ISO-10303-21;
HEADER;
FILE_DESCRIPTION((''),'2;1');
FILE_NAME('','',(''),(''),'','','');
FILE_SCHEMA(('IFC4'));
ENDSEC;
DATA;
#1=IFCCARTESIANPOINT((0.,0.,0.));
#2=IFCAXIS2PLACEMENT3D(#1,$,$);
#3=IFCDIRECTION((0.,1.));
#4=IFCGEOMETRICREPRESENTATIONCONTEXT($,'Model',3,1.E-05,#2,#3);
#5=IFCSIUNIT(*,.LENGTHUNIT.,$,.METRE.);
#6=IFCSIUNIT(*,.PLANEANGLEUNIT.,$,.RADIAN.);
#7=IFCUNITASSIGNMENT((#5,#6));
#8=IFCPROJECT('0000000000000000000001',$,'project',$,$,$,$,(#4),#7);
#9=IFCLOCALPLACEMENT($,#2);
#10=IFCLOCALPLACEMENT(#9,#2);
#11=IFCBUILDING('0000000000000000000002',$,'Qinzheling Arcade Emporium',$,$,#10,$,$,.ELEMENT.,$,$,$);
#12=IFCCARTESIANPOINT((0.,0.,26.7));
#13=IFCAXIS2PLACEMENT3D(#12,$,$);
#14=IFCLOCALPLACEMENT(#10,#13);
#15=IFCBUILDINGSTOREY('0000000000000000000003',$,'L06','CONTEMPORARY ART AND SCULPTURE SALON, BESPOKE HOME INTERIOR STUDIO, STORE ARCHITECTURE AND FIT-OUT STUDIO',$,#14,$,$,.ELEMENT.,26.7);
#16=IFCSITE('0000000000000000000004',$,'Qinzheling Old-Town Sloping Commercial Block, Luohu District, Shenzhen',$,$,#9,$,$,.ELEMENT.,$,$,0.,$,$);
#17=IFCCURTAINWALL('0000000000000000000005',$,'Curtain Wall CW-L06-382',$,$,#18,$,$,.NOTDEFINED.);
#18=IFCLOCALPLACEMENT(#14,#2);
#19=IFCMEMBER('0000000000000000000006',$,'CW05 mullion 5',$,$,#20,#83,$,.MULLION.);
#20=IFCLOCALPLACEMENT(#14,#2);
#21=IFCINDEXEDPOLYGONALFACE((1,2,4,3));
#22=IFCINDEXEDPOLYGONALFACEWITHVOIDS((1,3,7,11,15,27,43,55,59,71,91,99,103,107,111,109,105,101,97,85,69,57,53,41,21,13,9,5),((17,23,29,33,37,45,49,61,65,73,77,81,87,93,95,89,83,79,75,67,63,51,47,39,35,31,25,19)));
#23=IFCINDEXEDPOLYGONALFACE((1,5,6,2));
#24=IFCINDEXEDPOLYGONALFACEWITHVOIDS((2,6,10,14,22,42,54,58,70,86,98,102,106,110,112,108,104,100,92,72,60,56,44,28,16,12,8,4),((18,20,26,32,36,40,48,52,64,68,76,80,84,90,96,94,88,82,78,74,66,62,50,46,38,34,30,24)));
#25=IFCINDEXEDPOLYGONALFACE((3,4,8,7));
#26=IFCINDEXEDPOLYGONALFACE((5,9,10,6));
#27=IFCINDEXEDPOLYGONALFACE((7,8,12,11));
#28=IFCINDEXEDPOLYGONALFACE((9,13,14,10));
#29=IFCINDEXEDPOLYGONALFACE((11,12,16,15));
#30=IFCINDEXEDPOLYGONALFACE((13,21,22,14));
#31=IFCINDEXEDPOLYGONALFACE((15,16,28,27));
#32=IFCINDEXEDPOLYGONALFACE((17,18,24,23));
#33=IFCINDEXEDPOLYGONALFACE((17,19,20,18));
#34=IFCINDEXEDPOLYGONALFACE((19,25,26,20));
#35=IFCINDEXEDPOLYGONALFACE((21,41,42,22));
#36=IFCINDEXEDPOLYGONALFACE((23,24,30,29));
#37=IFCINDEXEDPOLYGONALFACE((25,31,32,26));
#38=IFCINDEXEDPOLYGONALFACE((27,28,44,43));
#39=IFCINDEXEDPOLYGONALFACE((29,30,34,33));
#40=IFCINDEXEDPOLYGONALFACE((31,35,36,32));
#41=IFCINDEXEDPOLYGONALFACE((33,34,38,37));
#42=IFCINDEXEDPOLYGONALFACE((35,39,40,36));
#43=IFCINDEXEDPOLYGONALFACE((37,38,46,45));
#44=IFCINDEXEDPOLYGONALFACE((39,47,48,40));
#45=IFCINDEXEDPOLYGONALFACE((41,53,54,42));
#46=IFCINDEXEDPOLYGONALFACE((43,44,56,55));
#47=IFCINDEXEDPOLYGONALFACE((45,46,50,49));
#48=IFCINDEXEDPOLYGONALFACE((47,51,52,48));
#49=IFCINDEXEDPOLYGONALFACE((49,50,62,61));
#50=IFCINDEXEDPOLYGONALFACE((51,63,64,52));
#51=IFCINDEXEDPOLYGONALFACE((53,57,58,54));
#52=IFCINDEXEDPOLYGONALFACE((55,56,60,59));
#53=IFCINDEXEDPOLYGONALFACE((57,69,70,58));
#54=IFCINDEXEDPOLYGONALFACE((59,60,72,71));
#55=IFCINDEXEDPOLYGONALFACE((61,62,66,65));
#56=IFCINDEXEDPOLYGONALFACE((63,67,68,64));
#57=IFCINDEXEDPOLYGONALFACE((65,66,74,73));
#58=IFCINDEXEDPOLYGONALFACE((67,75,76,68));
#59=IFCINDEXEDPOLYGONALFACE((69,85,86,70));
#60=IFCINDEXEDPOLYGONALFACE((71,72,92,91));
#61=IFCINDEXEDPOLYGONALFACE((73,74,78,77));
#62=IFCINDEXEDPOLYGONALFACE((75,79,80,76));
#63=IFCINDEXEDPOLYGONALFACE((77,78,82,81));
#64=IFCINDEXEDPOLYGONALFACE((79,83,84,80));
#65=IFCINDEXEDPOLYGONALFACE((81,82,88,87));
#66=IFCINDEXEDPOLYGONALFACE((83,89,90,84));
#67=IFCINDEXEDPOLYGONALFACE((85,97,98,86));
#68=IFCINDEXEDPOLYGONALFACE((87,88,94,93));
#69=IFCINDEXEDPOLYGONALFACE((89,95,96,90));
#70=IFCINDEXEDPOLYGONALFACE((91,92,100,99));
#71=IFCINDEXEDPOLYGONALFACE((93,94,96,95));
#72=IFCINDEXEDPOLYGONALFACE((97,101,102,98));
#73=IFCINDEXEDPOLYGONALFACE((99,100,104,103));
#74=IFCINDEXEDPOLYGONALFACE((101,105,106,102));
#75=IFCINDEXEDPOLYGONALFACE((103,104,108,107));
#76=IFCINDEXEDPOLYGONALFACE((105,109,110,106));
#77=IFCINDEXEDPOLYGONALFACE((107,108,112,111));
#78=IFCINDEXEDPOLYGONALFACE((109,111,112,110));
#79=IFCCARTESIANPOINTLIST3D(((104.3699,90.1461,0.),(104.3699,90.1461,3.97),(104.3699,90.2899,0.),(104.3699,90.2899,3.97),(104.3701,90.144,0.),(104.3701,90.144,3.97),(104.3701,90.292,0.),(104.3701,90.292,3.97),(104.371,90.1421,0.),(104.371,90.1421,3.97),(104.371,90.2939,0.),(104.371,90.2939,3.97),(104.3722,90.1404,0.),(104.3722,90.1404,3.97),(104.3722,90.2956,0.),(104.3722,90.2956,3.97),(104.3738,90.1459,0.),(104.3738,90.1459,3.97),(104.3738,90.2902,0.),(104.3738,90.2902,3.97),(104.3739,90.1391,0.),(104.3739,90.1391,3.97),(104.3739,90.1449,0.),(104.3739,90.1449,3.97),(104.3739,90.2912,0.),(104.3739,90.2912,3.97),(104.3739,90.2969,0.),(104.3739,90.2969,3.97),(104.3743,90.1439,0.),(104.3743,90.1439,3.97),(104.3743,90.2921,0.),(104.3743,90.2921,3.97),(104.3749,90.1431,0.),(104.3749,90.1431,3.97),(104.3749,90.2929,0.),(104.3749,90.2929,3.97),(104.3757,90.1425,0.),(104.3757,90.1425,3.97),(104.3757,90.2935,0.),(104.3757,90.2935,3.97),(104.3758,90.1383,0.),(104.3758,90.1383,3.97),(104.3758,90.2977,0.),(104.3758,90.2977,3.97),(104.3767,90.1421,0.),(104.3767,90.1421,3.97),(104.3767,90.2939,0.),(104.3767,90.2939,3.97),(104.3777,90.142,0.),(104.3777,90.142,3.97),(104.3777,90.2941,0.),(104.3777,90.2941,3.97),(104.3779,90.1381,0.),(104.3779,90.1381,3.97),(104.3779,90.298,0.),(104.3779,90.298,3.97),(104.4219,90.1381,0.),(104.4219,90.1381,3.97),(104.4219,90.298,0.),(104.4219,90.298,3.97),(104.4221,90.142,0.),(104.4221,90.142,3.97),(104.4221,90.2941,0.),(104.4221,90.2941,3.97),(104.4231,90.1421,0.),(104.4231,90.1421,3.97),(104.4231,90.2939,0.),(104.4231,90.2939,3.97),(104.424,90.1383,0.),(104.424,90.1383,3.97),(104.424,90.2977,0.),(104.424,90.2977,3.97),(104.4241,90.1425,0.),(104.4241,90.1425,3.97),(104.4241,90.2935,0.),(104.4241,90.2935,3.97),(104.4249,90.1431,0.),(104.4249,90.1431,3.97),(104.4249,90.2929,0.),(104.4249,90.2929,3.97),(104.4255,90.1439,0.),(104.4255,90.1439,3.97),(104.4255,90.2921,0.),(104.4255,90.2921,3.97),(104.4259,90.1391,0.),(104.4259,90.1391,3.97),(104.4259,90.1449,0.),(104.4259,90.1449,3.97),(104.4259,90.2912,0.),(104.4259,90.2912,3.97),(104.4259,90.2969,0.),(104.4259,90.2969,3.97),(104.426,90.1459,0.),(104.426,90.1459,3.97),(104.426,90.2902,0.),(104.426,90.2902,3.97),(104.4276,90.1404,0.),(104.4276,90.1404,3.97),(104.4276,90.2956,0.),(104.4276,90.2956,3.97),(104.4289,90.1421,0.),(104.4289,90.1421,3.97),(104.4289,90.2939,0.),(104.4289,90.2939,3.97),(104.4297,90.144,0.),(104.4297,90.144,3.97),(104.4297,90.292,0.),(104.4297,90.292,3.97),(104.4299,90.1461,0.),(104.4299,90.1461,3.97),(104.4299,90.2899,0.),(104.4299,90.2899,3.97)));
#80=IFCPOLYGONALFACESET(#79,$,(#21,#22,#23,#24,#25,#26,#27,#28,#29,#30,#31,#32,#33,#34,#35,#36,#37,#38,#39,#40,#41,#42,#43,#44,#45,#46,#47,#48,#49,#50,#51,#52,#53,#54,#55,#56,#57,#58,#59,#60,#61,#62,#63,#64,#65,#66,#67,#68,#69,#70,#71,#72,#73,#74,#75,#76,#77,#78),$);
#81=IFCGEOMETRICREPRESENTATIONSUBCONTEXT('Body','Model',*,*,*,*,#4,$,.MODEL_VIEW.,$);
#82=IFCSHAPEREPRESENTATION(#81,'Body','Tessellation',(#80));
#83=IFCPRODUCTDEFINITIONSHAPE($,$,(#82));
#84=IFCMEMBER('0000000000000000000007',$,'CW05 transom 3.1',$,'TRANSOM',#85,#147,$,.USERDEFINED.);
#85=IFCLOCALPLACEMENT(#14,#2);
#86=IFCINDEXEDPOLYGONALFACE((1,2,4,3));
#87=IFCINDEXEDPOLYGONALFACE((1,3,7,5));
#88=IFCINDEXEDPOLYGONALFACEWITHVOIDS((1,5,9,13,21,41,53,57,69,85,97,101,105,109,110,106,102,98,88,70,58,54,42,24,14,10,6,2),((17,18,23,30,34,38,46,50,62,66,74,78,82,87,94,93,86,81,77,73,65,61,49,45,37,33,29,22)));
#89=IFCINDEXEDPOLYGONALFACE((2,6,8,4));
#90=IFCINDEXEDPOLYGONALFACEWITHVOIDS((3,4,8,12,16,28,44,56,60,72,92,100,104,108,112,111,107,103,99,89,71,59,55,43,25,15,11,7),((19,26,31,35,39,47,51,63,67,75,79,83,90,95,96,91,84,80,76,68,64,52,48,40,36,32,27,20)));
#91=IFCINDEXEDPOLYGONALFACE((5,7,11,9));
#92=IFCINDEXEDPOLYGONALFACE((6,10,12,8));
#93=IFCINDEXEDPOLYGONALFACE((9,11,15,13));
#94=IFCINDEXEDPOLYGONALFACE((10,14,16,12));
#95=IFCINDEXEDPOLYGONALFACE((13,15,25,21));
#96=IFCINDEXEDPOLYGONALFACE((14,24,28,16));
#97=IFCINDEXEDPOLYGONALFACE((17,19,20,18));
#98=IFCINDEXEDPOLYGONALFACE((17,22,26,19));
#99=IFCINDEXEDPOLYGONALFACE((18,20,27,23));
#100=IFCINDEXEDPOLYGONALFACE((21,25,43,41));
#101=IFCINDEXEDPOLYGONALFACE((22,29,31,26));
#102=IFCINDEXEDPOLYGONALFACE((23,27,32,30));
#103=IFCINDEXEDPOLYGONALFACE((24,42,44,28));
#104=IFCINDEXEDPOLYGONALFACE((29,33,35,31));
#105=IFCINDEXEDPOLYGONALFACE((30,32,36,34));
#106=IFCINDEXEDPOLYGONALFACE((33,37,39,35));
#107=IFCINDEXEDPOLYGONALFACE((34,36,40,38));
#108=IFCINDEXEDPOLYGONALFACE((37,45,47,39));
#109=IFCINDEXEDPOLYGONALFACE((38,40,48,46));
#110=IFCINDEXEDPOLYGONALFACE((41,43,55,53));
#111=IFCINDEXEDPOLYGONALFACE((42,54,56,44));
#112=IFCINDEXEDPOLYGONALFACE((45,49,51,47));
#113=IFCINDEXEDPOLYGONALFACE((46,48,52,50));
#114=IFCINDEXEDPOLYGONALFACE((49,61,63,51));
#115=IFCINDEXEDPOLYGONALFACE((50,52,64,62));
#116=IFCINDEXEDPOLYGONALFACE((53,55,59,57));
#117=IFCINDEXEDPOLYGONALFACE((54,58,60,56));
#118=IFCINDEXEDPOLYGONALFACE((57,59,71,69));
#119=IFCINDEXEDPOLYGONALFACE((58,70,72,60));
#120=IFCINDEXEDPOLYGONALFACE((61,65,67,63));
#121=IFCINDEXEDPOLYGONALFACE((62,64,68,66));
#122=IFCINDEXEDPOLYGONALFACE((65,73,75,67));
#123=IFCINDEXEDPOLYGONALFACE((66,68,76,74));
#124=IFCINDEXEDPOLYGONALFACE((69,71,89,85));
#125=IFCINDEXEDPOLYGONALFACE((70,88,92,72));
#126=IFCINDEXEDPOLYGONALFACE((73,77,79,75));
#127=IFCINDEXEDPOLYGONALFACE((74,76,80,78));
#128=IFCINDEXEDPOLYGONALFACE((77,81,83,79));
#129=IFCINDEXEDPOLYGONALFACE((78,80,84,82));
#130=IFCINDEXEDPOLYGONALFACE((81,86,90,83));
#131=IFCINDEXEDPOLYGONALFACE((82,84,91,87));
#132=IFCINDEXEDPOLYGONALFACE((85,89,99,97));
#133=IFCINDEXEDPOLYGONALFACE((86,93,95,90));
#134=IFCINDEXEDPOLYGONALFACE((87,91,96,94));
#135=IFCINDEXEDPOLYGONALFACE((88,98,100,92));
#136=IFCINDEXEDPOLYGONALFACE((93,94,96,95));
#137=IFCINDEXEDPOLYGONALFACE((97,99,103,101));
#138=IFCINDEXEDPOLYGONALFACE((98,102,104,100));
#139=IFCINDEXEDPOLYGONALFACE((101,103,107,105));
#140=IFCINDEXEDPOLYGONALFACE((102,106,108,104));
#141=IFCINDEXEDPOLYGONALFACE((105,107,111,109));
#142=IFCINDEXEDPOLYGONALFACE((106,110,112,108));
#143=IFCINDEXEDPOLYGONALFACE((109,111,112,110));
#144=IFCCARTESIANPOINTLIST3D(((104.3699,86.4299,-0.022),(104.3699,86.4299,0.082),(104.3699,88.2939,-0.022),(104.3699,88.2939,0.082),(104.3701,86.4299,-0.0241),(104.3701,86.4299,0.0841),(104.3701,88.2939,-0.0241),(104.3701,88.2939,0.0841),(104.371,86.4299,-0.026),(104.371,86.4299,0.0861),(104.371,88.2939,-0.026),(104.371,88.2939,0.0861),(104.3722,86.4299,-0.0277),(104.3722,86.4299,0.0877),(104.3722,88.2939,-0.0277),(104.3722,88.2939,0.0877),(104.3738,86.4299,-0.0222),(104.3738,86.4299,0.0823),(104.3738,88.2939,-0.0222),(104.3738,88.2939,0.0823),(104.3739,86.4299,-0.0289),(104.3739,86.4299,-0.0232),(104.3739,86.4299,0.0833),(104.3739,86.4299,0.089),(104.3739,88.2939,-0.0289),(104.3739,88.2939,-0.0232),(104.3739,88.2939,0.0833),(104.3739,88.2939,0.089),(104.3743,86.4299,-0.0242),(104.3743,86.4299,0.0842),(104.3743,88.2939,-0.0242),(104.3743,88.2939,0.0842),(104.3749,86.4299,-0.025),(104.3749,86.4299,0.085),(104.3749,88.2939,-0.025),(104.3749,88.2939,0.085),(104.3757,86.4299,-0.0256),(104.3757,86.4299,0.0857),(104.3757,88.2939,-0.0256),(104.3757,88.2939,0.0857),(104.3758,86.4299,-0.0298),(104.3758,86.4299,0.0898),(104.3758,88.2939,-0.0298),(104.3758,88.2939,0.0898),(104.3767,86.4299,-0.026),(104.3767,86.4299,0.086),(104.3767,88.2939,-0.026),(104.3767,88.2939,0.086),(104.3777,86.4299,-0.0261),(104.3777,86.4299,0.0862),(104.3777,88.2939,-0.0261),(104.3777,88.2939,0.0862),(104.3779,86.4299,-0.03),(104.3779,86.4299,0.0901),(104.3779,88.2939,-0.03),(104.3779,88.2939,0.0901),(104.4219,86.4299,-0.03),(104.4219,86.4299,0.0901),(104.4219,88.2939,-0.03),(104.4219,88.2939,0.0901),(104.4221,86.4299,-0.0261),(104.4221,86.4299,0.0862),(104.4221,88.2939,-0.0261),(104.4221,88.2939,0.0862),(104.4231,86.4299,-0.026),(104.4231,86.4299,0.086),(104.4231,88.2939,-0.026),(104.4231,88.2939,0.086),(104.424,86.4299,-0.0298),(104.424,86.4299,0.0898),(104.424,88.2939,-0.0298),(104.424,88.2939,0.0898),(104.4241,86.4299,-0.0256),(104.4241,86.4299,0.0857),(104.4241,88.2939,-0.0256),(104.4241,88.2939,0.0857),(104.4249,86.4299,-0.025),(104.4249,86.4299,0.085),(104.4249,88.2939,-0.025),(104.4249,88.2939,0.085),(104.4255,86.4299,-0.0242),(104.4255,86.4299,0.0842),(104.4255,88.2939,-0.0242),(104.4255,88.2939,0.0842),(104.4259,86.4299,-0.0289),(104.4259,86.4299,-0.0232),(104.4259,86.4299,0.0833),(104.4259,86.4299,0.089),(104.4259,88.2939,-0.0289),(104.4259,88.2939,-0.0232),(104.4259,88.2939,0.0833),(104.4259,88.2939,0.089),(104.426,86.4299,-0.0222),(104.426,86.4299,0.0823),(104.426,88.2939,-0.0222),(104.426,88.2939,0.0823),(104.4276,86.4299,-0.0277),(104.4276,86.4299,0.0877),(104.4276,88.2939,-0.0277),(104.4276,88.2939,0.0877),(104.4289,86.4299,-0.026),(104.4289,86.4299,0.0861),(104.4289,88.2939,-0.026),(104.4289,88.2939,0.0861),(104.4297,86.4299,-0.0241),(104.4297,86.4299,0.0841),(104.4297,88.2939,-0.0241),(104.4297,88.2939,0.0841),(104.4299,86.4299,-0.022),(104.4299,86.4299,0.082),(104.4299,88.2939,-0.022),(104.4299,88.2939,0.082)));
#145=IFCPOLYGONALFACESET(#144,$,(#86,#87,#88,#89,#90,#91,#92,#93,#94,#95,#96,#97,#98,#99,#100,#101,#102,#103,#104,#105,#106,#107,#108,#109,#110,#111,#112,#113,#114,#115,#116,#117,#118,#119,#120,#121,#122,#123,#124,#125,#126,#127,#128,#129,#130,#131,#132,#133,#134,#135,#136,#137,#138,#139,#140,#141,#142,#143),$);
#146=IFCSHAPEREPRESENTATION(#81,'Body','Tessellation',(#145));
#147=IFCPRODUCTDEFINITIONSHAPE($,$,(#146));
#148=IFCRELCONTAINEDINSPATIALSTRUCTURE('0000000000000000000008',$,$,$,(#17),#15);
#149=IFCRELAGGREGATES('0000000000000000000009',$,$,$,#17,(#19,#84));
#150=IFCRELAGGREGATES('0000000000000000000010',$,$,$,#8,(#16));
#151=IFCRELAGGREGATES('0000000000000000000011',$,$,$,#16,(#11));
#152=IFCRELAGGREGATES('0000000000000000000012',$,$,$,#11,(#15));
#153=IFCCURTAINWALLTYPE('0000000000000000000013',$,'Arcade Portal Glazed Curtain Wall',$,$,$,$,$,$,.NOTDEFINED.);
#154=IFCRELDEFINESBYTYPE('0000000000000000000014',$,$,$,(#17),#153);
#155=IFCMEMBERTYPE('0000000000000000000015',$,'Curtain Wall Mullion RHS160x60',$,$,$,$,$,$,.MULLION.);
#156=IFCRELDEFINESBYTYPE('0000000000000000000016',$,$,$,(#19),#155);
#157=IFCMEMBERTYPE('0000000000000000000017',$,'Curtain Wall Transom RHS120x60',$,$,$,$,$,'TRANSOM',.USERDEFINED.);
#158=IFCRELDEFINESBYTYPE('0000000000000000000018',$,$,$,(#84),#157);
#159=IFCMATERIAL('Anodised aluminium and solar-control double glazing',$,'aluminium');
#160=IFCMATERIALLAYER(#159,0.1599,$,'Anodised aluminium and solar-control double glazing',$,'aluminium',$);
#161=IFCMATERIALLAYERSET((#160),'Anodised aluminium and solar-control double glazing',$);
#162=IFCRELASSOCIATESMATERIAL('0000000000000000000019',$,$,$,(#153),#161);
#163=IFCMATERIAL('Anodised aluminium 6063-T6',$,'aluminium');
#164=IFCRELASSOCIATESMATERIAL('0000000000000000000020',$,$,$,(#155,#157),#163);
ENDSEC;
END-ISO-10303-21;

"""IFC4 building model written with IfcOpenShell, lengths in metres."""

from ifc_helpers import new_model, si_unit, direction, frame, origin, origin_2d, place, context, subcontext, project, spatial, hollow_rectangle, extrude, material, layer, layer_set, material_profile, profile_set, type_object, element, aggregate, save


model = new_model("IFC4")

# Units and contexts
model_context = context("Model", 3, precision=1e-05, world=origin(), true_north=direction((0.0, 1.0)))
body_context = subcontext(model_context, "Body", "Model", "MODEL_VIEW")
ifc_project = project(units=[si_unit("LENGTHUNIT", "METRE"), si_unit("PLANEANGLEUNIT", "RADIAN")], contexts=[model_context])

# Site, building, storey
site_placement = place(None, origin())
site = spatial("IfcSite", under=ifc_project, at=site_placement, Name="Qinzheling Old-Town Sloping Commercial Block, Luohu District, Shenzhen", CompositionType="ELEMENT", RefElevation=0.0)
building_placement = place(site_placement, origin())
building = spatial("IfcBuilding", under=site, at=building_placement, Name="Qinzheling Arcade Emporium", CompositionType="ELEMENT")
storey_placement = place(building_placement, frame((0.0, 0.0, 26.7)))
storey = spatial("IfcBuildingStorey", under=building, at=storey_placement, Name="L06", Description="CONTEMPORARY ART AND SCULPTURE SALON, BESPOKE HOME INTERIOR STUDIO, STORE ARCHITECTURE AND FIT-OUT STUDIO", CompositionType="ELEMENT", Elevation=26.7)

# Curtain wall, members
ifc_material_1 = material(Name="Anodised aluminium and solar-control double glazing", Category="aluminium")
ifc_layer_1 = layer(ifc_material_1, 0.1599, Name="Anodised aluminium and solar-control double glazing", Category="aluminium")
ifc_layer_set_1 = layer_set([ifc_layer_1], Name="Anodised aluminium and solar-control double glazing")
curtain_wall_type = type_object("IfcCurtainWallType", Name="Arcade Portal Glazed Curtain Wall", PredefinedType="NOTDEFINED", material=ifc_layer_set_1)
curtain_wall_placement = place(storey_placement, origin())
curtain_wall = element("IfcCurtainWall", 1, at=curtain_wall_placement, inside=storey, type_object=curtain_wall_type, Name="Curtain Wall CW-L06-382", PredefinedType="NOTDEFINED")
ifc_material_2 = material(Name="Anodised aluminium 6063-T6", Category="aluminium")
ifc_material_profile_1 = material_profile(ifc_material_2, hollow_rectangle(XDim=0.0601, YDim=0.1599, WallThickness=0.0039, InnerFilletRadius=0.0039, OuterFilletRadius=0.0081, at=origin_2d()), Name="RHS 160x60x4", Category="aluminium")
ifc_profile_set_1 = profile_set([ifc_material_profile_1], Name="Anodised aluminium 6063-T6")
member_type_1 = type_object("IfcMemberType", Name="Curtain Wall Mullion RHS160x60", PredefinedType="MULLION", material=ifc_profile_set_1)
member_1_placement = place(storey_placement, frame((104.3999, 90.218, 0.0), z_axis=(0.0, 0.0, 1.0), x_axis=(-1.0, 0.0, 0.0)))
member_1 = element("IfcMember", 2, at=member_1_placement, type_object=member_type_1, Name="CW05 mullion 5", PredefinedType="MULLION", context=body_context, shape_type="SweptSolid", body=[
    extrude(hollow_rectangle(XDim=0.0601, YDim=0.1599, WallThickness=0.0039, InnerFilletRadius=0.0039, OuterFilletRadius=0.0081, at=origin_2d()), origin(), (0.0, 0.0, 1.0), 3.97),
])
ifc_material_profile_2 = material_profile(ifc_material_2, hollow_rectangle(XDim=0.0601, YDim=0.1201, WallThickness=0.0039, InnerFilletRadius=0.0039, OuterFilletRadius=0.0081, at=origin_2d()), Name="RHS 120x60x4", Category="aluminium")
ifc_profile_set_2 = profile_set([ifc_material_profile_2], Name="Anodised aluminium 6063-T6")
member_type_2 = type_object("IfcMemberType", Name="Curtain Wall Transom RHS120x60", ElementType="TRANSOM", PredefinedType="USERDEFINED", material=ifc_profile_set_2)
member_2_placement = place(storey_placement, frame((104.3999, 86.4299, 0.03), z_axis=(0.0, 1.0, 0.0), x_axis=(-1.0, 0.0, 0.0)))
member_2 = element("IfcMember", 3, at=member_2_placement, type_object=member_type_2, Name="CW05 transom 3.1", ObjectType="TRANSOM", PredefinedType="USERDEFINED", context=body_context, shape_type="SweptSolid", body=[
    extrude(hollow_rectangle(XDim=0.0601, YDim=0.1201, WallThickness=0.0039, InnerFilletRadius=0.0039, OuterFilletRadius=0.0081, at=origin_2d()), origin(), (0.0, 0.0, 1.0), 1.864),
])

aggregate(curtain_wall, [member_1, member_2])

save(model, "model.ifc")
